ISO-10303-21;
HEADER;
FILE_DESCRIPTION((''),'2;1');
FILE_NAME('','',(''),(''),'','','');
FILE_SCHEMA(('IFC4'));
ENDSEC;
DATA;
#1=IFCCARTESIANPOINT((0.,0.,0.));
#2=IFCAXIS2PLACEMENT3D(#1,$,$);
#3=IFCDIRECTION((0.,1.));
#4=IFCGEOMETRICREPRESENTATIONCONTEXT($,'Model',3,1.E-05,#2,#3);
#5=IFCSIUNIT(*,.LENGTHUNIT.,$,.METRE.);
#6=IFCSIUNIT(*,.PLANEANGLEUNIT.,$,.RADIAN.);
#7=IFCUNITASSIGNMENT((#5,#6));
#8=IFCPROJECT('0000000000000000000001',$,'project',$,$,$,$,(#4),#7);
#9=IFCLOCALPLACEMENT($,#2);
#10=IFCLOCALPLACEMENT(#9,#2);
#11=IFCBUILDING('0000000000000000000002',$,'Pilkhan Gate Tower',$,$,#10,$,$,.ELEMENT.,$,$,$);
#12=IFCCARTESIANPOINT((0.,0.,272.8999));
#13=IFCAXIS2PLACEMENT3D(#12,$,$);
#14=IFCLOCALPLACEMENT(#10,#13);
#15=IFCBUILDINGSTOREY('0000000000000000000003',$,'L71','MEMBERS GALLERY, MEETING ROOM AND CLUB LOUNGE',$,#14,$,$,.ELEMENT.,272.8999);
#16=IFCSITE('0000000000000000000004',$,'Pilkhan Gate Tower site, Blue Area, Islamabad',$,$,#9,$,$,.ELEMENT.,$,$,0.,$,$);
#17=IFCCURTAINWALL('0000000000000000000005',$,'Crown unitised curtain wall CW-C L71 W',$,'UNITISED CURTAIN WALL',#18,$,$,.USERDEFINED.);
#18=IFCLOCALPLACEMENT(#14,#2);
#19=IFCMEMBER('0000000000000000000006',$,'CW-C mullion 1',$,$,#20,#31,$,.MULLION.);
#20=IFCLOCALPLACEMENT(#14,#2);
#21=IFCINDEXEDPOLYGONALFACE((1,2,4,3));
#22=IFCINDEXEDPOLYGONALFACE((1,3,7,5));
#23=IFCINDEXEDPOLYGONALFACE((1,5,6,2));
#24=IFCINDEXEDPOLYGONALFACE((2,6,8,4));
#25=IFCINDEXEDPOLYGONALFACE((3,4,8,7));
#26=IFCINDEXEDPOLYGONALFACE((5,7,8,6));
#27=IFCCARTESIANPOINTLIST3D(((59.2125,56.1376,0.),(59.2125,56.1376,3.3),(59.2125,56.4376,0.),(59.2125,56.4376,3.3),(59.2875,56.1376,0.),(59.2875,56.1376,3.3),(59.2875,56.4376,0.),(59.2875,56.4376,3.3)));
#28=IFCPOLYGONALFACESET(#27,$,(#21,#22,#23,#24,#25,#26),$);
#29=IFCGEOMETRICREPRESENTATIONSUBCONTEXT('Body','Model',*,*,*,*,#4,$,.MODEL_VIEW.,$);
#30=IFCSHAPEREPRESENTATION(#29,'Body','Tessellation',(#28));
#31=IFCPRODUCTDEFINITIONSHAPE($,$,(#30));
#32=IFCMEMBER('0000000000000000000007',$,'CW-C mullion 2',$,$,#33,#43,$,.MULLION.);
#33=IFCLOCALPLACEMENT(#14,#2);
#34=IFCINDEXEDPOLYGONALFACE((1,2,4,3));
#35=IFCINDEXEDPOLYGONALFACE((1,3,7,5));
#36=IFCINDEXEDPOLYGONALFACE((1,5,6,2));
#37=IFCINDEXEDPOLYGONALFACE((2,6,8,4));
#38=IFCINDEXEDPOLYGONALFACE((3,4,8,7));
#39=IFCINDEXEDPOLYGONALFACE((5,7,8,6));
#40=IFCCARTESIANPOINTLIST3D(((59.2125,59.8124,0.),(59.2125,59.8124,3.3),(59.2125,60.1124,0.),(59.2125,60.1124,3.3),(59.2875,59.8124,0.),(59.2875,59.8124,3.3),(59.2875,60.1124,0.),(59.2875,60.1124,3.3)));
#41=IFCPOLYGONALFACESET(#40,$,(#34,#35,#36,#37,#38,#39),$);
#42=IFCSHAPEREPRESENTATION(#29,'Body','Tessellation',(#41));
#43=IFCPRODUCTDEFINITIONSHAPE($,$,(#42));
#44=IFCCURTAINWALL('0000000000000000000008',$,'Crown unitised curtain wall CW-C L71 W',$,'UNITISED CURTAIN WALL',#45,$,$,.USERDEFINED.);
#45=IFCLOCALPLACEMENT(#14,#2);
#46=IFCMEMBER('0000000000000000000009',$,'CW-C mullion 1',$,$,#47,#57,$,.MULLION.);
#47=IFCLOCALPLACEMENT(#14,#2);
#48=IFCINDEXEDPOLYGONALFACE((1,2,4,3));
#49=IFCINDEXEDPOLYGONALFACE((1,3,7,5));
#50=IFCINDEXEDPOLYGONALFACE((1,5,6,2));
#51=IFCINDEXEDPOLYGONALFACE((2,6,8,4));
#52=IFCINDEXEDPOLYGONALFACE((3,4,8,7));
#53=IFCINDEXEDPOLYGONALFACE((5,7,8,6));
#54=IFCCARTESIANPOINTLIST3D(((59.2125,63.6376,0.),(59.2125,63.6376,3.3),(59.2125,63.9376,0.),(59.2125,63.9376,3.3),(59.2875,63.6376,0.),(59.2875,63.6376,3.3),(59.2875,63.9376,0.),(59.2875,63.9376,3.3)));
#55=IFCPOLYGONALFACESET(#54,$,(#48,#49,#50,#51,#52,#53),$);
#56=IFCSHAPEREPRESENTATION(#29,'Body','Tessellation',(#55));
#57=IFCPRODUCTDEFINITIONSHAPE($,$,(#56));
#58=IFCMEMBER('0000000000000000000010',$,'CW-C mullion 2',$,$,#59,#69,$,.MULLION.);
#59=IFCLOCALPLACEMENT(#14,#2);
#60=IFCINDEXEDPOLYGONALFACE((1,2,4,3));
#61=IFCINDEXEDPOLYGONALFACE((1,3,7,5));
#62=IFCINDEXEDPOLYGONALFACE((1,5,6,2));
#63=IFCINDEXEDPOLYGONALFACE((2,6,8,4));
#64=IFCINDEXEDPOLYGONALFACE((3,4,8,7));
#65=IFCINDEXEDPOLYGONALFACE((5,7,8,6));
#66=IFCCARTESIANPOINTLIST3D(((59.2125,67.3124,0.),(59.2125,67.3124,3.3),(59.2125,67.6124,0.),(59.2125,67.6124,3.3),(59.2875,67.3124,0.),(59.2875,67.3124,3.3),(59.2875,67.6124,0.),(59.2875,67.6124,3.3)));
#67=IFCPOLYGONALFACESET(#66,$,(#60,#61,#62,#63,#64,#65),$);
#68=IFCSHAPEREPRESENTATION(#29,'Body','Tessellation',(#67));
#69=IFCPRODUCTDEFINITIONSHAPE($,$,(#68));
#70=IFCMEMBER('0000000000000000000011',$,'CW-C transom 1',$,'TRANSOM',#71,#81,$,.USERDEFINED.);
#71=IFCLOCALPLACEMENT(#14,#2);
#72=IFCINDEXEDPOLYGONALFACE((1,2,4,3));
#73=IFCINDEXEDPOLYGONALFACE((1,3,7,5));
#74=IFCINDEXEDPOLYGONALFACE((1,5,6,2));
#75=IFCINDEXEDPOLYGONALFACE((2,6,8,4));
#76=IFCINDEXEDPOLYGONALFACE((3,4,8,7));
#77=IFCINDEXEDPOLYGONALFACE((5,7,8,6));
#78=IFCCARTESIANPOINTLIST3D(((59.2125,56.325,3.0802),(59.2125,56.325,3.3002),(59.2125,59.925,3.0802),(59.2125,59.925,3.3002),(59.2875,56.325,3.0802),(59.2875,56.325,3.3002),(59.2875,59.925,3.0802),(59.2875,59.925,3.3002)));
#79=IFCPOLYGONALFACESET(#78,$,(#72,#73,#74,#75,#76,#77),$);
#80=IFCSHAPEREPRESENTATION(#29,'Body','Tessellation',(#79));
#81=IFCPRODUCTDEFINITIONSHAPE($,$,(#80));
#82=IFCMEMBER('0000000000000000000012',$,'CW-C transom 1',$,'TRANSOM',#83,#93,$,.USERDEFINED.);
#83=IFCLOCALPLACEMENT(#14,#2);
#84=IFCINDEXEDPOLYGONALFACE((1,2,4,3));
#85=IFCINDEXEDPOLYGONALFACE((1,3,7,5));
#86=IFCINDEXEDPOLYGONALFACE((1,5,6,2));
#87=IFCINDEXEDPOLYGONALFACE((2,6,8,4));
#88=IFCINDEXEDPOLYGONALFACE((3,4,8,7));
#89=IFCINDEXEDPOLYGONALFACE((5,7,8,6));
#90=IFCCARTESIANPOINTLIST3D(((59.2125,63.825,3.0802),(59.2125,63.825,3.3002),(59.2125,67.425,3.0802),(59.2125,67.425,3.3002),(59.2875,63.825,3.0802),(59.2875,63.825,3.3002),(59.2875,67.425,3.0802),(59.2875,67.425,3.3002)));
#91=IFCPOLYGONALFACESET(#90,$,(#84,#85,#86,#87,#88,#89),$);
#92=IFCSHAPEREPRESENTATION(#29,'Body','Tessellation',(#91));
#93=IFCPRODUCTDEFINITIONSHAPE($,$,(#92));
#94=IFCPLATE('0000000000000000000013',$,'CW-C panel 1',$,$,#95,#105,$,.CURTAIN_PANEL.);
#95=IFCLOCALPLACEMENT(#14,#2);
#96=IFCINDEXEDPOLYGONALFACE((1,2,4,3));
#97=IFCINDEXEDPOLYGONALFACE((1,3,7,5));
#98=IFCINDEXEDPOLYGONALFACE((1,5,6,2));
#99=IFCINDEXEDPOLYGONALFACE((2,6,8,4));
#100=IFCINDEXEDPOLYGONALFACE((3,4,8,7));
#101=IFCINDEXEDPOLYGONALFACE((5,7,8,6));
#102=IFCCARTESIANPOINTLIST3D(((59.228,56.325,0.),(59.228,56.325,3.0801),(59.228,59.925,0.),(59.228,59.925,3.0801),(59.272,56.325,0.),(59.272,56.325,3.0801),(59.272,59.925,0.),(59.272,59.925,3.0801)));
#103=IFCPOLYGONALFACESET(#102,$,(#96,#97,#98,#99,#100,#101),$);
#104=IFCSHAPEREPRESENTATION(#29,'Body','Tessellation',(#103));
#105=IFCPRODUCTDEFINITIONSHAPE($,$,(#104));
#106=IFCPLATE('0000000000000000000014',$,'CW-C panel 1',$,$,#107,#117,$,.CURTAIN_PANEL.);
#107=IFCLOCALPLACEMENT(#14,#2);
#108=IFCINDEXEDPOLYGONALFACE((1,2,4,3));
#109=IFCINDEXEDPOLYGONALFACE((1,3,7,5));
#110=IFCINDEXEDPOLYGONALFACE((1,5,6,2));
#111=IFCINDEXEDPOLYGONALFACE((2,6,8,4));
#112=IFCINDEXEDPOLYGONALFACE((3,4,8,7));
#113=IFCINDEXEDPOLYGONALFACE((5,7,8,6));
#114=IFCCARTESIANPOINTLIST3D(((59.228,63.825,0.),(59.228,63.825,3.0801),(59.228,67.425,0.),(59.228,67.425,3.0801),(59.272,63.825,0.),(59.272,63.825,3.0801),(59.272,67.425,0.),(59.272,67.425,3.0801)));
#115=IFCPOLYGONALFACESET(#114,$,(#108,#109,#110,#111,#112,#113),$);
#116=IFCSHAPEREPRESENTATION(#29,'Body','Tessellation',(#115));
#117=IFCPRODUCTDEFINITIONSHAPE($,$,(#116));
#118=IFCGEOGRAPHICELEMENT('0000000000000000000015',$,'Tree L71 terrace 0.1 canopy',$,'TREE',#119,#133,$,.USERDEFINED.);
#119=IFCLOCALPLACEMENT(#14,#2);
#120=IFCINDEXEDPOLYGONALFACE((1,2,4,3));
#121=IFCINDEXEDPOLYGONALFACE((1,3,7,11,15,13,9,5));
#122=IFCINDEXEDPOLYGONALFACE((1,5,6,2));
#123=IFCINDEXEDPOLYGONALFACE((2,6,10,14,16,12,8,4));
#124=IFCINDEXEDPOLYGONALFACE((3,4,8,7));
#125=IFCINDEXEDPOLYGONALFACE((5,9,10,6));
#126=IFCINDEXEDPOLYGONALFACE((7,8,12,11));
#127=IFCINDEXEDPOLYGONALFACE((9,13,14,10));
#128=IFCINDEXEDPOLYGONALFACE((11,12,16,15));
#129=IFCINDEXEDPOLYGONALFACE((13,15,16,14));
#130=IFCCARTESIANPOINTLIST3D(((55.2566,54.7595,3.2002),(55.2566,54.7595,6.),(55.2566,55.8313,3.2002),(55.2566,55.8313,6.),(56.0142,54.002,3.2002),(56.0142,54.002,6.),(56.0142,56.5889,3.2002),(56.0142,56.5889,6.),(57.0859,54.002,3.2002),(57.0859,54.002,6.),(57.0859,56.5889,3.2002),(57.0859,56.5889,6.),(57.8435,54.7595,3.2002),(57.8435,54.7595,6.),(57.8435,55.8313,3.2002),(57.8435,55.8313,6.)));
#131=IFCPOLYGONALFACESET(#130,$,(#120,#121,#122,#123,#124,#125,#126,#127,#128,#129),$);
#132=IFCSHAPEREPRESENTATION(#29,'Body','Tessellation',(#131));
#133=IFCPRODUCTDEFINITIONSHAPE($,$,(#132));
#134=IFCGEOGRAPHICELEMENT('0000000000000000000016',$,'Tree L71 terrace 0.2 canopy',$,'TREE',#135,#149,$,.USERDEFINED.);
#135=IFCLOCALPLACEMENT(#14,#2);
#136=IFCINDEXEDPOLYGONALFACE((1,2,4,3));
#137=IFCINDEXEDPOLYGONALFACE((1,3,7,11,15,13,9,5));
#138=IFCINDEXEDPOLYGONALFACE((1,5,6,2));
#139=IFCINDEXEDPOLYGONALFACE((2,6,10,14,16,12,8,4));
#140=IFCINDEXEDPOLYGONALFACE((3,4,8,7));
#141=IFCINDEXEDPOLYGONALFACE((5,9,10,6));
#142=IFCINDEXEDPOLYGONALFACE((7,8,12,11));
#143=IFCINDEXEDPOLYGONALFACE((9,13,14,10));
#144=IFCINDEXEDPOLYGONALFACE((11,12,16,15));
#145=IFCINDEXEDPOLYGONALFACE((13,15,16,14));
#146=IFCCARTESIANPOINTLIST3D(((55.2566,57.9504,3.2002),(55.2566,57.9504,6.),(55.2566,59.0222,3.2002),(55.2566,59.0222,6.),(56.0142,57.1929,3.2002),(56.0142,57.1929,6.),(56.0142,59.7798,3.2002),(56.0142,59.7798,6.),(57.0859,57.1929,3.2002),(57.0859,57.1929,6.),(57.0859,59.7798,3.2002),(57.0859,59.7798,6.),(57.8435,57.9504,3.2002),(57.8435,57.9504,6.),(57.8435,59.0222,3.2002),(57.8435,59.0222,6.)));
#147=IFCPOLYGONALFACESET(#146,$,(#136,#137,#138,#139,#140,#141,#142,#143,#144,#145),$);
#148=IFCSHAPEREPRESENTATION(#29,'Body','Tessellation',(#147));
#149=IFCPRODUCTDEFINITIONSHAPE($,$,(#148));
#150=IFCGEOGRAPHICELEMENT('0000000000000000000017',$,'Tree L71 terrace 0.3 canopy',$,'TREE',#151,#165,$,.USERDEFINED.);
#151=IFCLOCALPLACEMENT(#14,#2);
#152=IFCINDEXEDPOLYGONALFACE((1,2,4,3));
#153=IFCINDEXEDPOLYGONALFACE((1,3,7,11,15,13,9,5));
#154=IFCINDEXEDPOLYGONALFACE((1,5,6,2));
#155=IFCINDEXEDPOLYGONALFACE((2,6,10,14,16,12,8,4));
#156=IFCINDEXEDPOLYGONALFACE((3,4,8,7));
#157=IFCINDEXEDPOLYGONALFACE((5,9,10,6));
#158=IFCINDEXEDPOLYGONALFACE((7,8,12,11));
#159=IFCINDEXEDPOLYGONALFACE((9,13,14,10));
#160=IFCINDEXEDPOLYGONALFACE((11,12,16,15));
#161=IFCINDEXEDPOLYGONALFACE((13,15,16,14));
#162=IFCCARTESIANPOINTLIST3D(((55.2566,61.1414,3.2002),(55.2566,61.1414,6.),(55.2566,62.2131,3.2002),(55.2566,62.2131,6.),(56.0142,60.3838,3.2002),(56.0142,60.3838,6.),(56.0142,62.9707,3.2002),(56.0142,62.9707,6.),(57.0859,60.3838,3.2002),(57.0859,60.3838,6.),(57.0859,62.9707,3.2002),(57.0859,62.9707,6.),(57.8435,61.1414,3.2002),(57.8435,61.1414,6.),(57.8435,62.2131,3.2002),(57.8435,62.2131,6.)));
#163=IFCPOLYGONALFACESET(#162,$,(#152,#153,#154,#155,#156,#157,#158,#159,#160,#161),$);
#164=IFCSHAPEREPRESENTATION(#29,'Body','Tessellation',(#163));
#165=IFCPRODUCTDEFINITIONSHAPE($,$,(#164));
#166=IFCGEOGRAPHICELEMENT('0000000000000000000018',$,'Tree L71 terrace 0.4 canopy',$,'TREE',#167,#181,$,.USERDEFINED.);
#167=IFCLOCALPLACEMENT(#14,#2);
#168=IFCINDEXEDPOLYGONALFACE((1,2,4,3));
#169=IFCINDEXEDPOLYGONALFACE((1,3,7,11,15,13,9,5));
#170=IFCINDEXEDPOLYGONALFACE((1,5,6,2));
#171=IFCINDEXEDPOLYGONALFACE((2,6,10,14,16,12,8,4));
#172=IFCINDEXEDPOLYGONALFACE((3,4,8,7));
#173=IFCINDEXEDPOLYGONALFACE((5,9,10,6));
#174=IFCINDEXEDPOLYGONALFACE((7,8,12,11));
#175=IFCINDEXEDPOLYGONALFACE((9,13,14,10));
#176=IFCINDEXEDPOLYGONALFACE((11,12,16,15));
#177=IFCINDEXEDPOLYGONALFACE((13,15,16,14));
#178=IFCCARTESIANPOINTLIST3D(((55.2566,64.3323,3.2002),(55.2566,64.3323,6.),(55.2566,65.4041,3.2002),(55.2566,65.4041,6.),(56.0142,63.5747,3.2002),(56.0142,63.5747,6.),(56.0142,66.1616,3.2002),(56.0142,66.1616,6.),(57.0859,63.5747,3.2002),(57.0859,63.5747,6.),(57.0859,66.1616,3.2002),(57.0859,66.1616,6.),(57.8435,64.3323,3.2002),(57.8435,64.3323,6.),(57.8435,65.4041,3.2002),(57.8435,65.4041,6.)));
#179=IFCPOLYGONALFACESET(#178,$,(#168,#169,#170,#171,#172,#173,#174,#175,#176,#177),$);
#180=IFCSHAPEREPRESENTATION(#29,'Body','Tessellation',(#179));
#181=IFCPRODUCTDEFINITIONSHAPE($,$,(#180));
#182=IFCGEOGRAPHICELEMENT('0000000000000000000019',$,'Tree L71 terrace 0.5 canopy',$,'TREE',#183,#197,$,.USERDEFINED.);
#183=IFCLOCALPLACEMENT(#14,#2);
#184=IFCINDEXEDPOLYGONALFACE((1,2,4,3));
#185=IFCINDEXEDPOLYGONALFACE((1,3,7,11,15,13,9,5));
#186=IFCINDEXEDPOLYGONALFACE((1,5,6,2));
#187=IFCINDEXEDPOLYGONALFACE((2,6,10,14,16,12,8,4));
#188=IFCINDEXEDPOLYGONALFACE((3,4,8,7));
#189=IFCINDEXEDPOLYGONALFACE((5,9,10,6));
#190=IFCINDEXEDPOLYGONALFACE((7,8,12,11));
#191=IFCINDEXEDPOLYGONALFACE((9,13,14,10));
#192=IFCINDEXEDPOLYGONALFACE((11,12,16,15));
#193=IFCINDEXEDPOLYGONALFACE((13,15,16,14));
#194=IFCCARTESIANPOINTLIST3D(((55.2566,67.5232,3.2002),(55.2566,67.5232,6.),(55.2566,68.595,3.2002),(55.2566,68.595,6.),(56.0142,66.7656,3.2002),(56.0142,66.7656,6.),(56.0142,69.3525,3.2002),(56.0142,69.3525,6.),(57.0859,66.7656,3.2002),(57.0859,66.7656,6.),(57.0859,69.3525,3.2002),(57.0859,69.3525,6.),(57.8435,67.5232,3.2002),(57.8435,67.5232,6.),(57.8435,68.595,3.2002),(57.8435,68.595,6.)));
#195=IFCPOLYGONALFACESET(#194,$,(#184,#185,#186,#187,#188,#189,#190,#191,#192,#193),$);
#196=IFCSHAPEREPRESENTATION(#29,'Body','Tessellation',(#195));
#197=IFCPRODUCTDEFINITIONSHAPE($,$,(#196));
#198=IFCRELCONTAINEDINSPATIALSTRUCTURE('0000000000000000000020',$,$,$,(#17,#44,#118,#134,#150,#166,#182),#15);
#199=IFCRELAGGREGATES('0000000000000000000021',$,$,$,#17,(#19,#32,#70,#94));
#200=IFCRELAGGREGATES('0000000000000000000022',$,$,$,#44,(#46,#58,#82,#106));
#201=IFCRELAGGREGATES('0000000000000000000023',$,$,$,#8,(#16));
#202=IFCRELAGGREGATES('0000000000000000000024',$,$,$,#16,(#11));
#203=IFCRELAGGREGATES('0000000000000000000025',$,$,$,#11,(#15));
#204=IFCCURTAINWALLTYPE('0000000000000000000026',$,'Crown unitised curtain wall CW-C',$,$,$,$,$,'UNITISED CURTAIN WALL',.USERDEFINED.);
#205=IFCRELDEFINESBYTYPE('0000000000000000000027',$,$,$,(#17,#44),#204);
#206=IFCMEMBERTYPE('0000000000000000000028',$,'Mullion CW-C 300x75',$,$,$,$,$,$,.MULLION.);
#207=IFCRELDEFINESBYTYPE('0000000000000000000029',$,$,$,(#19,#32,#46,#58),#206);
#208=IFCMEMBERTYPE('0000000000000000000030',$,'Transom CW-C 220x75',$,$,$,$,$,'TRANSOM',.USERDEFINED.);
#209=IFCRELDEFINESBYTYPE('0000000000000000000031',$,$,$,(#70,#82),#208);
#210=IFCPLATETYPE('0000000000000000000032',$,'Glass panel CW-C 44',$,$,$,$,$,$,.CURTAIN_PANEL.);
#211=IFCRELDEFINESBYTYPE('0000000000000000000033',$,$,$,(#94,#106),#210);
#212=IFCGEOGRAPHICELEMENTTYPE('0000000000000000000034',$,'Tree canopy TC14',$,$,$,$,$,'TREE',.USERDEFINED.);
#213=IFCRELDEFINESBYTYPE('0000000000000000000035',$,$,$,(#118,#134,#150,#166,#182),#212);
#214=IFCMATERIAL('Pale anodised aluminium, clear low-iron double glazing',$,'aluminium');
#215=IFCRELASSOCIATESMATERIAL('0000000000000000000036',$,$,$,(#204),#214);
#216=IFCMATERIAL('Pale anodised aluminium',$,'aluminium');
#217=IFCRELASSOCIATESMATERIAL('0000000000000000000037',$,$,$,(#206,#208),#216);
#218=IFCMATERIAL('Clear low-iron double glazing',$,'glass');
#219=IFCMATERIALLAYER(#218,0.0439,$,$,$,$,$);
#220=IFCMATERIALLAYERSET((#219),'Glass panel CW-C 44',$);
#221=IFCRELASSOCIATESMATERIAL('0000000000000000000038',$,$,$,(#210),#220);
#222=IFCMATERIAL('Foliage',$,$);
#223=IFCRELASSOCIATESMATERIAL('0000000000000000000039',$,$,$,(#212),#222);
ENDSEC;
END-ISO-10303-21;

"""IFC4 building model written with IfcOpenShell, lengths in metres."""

from ifc_helpers import new_model, si_unit, direction, frame, origin, origin_2d, place, context, subcontext, project, spatial, polyline, rectangle, outline, extrude, material, layer, layer_set, material_profile, profile_set, type_object, element, aggregate, save


model = new_model("IFC4")

# Units and contexts
model_context = context("Model", 3, precision=1e-05, world=origin(), true_north=direction((0.0, 1.0)))
body_context = subcontext(model_context, "Body", "Model", "MODEL_VIEW")
ifc_project = project(units=[si_unit("LENGTHUNIT", "METRE"), si_unit("PLANEANGLEUNIT", "RADIAN")], contexts=[model_context])

# Site, building, storey
site_placement = place(None, origin())
site = spatial("IfcSite", under=ifc_project, at=site_placement, Name="Pilkhan Gate Tower site, Blue Area, Islamabad", CompositionType="ELEMENT", RefElevation=0.0)
building_placement = place(site_placement, origin())
building = spatial("IfcBuilding", under=site, at=building_placement, Name="Pilkhan Gate Tower", CompositionType="ELEMENT")
storey_placement = place(building_placement, frame((0.0, 0.0, 272.8999)))
storey = spatial("IfcBuildingStorey", under=building, at=storey_placement, Name="L71", Description="MEMBERS GALLERY, MEETING ROOM AND CLUB LOUNGE", CompositionType="ELEMENT", Elevation=272.8999)

# Curtain walls, members
ifc_material_1 = material(Name="Pale anodised aluminium, clear low-iron double glazing", Category="aluminium")
curtain_wall_type = type_object("IfcCurtainWallType", Name="Crown unitised curtain wall CW-C", ElementType="UNITISED CURTAIN WALL", PredefinedType="USERDEFINED", material=ifc_material_1)
curtain_wall_1_placement = place(storey_placement, origin())
curtain_wall_1 = element("IfcCurtainWall", 1, at=curtain_wall_1_placement, inside=storey, type_object=curtain_wall_type, Name="Crown unitised curtain wall CW-C L71 W", ObjectType="UNITISED CURTAIN WALL", PredefinedType="USERDEFINED")
ifc_material_2 = material(Name="Pale anodised aluminium", Category="aluminium")
ifc_material_profile_1 = material_profile(ifc_material_2, rectangle(XDim=0.075, YDim=0.3, at=origin_2d()), Name="Mullion 300x75")
ifc_profile_set_1 = profile_set([ifc_material_profile_1], Name="Pale anodised aluminium")
member_type_1 = type_object("IfcMemberType", Name="Mullion CW-C 300x75", PredefinedType="MULLION", material=ifc_profile_set_1)
member_1_placement = place(storey_placement, frame((59.25, 56.2876, 0.0), z_axis=(0.0, 0.0, 1.0), x_axis=(-1.0, 0.0, 0.0)))
member_1 = element("IfcMember", 2, at=member_1_placement, type_object=member_type_1, Name="CW-C mullion 1", PredefinedType="MULLION", context=body_context, shape_type="SweptSolid", body=[
    extrude(rectangle(XDim=0.075, YDim=0.3, at=origin_2d()), origin(), (0.0, 0.0, 1.0), 3.3),
])
member_2_placement = place(storey_placement, frame((59.25, 59.9624, 0.0), z_axis=(0.0, 0.0, 1.0), x_axis=(-1.0, 0.0, 0.0)))
member_2 = element("IfcMember", 3, at=member_2_placement, type_object=member_type_1, Name="CW-C mullion 2", PredefinedType="MULLION", context=body_context, shape_type="SweptSolid", body=[
    extrude(rectangle(XDim=0.075, YDim=0.3, at=origin_2d()), origin(), (0.0, 0.0, 1.0), 3.3),
])
curtain_wall_2_placement = place(storey_placement, origin())
curtain_wall_2 = element("IfcCurtainWall", 4, at=curtain_wall_2_placement, inside=storey, type_object=curtain_wall_type, Name="Crown unitised curtain wall CW-C L71 W", ObjectType="UNITISED CURTAIN WALL", PredefinedType="USERDEFINED")
member_3_placement = place(storey_placement, frame((59.25, 63.7876, 0.0), z_axis=(0.0, 0.0, 1.0), x_axis=(-1.0, 0.0, 0.0)))
member_3 = element("IfcMember", 5, at=member_3_placement, type_object=member_type_1, Name="CW-C mullion 1", PredefinedType="MULLION", context=body_context, shape_type="SweptSolid", body=[
    extrude(rectangle(XDim=0.075, YDim=0.3, at=origin_2d()), origin(), (0.0, 0.0, 1.0), 3.3),
])
member_4_placement = place(storey_placement, frame((59.25, 67.4624, 0.0), z_axis=(0.0, 0.0, 1.0), x_axis=(-1.0, 0.0, 0.0)))
member_4 = element("IfcMember", 6, at=member_4_placement, type_object=member_type_1, Name="CW-C mullion 2", PredefinedType="MULLION", context=body_context, shape_type="SweptSolid", body=[
    extrude(rectangle(XDim=0.075, YDim=0.3, at=origin_2d()), origin(), (0.0, 0.0, 1.0), 3.3),
])

# Members
ifc_material_profile_2 = material_profile(ifc_material_2, rectangle(XDim=0.075, YDim=0.22, at=origin_2d()), Name="Transom 220x75")
ifc_profile_set_2 = profile_set([ifc_material_profile_2], Name="Pale anodised aluminium")
member_type_2 = type_object("IfcMemberType", Name="Transom CW-C 220x75", ElementType="TRANSOM", PredefinedType="USERDEFINED", material=ifc_profile_set_2)
member_5_placement = place(storey_placement, frame((59.25, 56.325, 3.1902), z_axis=(0.0, 1.0, 0.0), x_axis=(-1.0, 0.0, 0.0)))
member_5 = element("IfcMember", 7, at=member_5_placement, type_object=member_type_2, Name="CW-C transom 1", ObjectType="TRANSOM", PredefinedType="USERDEFINED", context=body_context, shape_type="SweptSolid", body=[
    extrude(rectangle(XDim=0.075, YDim=0.22, at=origin_2d()), origin(), (0.0, 0.0, 1.0), 3.6001),
])
member_6_placement = place(storey_placement, frame((59.25, 63.825, 3.1902), z_axis=(0.0, 1.0, 0.0), x_axis=(-1.0, 0.0, 0.0)))
member_6 = element("IfcMember", 8, at=member_6_placement, type_object=member_type_2, Name="CW-C transom 1", ObjectType="TRANSOM", PredefinedType="USERDEFINED", context=body_context, shape_type="SweptSolid", body=[
    extrude(rectangle(XDim=0.075, YDim=0.22, at=origin_2d()), origin(), (0.0, 0.0, 1.0), 3.6001),
])

# Plates
ifc_material_3 = material(Name="Clear low-iron double glazing", Category="glass")
ifc_layer_1 = layer(ifc_material_3, 0.0439)
ifc_layer_set_1 = layer_set([ifc_layer_1], Name="Glass panel CW-C 44")
plate_type = type_object("IfcPlateType", Name="Glass panel CW-C 44", PredefinedType="CURTAIN_PANEL", material=ifc_layer_set_1)
plate_1_placement = place(storey_placement, frame((59.25, 58.125, 0.0), z_axis=(0.0, 0.0, 1.0), x_axis=(0.0, 1.0, 0.0)))
plate_1 = element("IfcPlate", 9, at=plate_1_placement, type_object=plate_type, Name="CW-C panel 1", PredefinedType="CURTAIN_PANEL", context=body_context, shape_type="SweptSolid", body=[
    extrude(rectangle(XDim=3.6001, YDim=0.0439, at=origin_2d()), origin(), (0.0, 0.0, 1.0), 3.0801),
])
aggregate(curtain_wall_1, [member_1, member_2, member_5, plate_1])
plate_2_placement = place(storey_placement, frame((59.25, 65.625, 0.0), z_axis=(0.0, 0.0, 1.0), x_axis=(0.0, 1.0, 0.0)))
plate_2 = element("IfcPlate", 10, at=plate_2_placement, type_object=plate_type, Name="CW-C panel 1", PredefinedType="CURTAIN_PANEL", context=body_context, shape_type="SweptSolid", body=[
    extrude(rectangle(XDim=3.6001, YDim=0.0439, at=origin_2d()), origin(), (0.0, 0.0, 1.0), 3.0801),
])
aggregate(curtain_wall_2, [member_3, member_4, member_6, plate_2])

# Geographic elements
ifc_material_4 = material(Name="Foliage")
ifc_material_profile_3 = material_profile(ifc_material_4, outline(polyline([(1.2935, 0.5359), (0.5359, 1.2935), (-0.5359, 1.2935), (-1.2935, 0.5359), (-1.2935, -0.5359), (-0.5359, -1.2935), (0.5359, -1.2935), (1.2935, -0.5359), (1.2935, 0.5359)])), Name="Canopy D2.8")
ifc_profile_set_3 = profile_set([ifc_material_profile_3], Name="Foliage")
geographic_element_type_1 = type_object("IfcGeographicElementType", Name="Tree canopy TC14", ElementType="TREE", PredefinedType="USERDEFINED", material=ifc_profile_set_3)
for number, where, z_axis, x_axis, name in (
    (11, (56.55, 55.2954, 3.2002), (0.0, 0.0, 1.0), (1.0, 0.0, 0.0), "Tree L71 terrace 0.1 canopy"),
    (12, (56.55, 58.4863, 3.2002), (0.0, 0.0, 1.0), (1.0, 0.0, 0.0), "Tree L71 terrace 0.2 canopy"),
    (13, (56.55, 61.6772, 3.2002), (0.0, 0.0, 1.0), (1.0, 0.0, 0.0), "Tree L71 terrace 0.3 canopy"),
    (14, (56.55, 64.8682, 3.2002), (0.0, 0.0, 1.0), (1.0, 0.0, 0.0), "Tree L71 terrace 0.4 canopy"),
    (15, (56.55, 68.0591, 3.2002), (0.0, 0.0, 1.0), (1.0, 0.0, 0.0), "Tree L71 terrace 0.5 canopy"),
):
    element("IfcGeographicElement", number, at=place(storey_placement, frame(where, z_axis=z_axis, x_axis=x_axis)), inside=storey, type_object=geographic_element_type_1, Name=name, ObjectType="TREE", PredefinedType="USERDEFINED", context=body_context, shape_type="SweptSolid", body=[
        extrude(outline(polyline([(1.2935, 0.5359), (0.5359, 1.2935), (-0.5359, 1.2935), (-1.2935, 0.5359), (-1.2935, -0.5359), (-0.5359, -1.2935), (0.5359, -1.2935), (1.2935, -0.5359), (1.2935, 0.5359)])), origin(), (0.0, 0.0, 1.0), 2.7998),
    ])

save(model, "model.ifc")
